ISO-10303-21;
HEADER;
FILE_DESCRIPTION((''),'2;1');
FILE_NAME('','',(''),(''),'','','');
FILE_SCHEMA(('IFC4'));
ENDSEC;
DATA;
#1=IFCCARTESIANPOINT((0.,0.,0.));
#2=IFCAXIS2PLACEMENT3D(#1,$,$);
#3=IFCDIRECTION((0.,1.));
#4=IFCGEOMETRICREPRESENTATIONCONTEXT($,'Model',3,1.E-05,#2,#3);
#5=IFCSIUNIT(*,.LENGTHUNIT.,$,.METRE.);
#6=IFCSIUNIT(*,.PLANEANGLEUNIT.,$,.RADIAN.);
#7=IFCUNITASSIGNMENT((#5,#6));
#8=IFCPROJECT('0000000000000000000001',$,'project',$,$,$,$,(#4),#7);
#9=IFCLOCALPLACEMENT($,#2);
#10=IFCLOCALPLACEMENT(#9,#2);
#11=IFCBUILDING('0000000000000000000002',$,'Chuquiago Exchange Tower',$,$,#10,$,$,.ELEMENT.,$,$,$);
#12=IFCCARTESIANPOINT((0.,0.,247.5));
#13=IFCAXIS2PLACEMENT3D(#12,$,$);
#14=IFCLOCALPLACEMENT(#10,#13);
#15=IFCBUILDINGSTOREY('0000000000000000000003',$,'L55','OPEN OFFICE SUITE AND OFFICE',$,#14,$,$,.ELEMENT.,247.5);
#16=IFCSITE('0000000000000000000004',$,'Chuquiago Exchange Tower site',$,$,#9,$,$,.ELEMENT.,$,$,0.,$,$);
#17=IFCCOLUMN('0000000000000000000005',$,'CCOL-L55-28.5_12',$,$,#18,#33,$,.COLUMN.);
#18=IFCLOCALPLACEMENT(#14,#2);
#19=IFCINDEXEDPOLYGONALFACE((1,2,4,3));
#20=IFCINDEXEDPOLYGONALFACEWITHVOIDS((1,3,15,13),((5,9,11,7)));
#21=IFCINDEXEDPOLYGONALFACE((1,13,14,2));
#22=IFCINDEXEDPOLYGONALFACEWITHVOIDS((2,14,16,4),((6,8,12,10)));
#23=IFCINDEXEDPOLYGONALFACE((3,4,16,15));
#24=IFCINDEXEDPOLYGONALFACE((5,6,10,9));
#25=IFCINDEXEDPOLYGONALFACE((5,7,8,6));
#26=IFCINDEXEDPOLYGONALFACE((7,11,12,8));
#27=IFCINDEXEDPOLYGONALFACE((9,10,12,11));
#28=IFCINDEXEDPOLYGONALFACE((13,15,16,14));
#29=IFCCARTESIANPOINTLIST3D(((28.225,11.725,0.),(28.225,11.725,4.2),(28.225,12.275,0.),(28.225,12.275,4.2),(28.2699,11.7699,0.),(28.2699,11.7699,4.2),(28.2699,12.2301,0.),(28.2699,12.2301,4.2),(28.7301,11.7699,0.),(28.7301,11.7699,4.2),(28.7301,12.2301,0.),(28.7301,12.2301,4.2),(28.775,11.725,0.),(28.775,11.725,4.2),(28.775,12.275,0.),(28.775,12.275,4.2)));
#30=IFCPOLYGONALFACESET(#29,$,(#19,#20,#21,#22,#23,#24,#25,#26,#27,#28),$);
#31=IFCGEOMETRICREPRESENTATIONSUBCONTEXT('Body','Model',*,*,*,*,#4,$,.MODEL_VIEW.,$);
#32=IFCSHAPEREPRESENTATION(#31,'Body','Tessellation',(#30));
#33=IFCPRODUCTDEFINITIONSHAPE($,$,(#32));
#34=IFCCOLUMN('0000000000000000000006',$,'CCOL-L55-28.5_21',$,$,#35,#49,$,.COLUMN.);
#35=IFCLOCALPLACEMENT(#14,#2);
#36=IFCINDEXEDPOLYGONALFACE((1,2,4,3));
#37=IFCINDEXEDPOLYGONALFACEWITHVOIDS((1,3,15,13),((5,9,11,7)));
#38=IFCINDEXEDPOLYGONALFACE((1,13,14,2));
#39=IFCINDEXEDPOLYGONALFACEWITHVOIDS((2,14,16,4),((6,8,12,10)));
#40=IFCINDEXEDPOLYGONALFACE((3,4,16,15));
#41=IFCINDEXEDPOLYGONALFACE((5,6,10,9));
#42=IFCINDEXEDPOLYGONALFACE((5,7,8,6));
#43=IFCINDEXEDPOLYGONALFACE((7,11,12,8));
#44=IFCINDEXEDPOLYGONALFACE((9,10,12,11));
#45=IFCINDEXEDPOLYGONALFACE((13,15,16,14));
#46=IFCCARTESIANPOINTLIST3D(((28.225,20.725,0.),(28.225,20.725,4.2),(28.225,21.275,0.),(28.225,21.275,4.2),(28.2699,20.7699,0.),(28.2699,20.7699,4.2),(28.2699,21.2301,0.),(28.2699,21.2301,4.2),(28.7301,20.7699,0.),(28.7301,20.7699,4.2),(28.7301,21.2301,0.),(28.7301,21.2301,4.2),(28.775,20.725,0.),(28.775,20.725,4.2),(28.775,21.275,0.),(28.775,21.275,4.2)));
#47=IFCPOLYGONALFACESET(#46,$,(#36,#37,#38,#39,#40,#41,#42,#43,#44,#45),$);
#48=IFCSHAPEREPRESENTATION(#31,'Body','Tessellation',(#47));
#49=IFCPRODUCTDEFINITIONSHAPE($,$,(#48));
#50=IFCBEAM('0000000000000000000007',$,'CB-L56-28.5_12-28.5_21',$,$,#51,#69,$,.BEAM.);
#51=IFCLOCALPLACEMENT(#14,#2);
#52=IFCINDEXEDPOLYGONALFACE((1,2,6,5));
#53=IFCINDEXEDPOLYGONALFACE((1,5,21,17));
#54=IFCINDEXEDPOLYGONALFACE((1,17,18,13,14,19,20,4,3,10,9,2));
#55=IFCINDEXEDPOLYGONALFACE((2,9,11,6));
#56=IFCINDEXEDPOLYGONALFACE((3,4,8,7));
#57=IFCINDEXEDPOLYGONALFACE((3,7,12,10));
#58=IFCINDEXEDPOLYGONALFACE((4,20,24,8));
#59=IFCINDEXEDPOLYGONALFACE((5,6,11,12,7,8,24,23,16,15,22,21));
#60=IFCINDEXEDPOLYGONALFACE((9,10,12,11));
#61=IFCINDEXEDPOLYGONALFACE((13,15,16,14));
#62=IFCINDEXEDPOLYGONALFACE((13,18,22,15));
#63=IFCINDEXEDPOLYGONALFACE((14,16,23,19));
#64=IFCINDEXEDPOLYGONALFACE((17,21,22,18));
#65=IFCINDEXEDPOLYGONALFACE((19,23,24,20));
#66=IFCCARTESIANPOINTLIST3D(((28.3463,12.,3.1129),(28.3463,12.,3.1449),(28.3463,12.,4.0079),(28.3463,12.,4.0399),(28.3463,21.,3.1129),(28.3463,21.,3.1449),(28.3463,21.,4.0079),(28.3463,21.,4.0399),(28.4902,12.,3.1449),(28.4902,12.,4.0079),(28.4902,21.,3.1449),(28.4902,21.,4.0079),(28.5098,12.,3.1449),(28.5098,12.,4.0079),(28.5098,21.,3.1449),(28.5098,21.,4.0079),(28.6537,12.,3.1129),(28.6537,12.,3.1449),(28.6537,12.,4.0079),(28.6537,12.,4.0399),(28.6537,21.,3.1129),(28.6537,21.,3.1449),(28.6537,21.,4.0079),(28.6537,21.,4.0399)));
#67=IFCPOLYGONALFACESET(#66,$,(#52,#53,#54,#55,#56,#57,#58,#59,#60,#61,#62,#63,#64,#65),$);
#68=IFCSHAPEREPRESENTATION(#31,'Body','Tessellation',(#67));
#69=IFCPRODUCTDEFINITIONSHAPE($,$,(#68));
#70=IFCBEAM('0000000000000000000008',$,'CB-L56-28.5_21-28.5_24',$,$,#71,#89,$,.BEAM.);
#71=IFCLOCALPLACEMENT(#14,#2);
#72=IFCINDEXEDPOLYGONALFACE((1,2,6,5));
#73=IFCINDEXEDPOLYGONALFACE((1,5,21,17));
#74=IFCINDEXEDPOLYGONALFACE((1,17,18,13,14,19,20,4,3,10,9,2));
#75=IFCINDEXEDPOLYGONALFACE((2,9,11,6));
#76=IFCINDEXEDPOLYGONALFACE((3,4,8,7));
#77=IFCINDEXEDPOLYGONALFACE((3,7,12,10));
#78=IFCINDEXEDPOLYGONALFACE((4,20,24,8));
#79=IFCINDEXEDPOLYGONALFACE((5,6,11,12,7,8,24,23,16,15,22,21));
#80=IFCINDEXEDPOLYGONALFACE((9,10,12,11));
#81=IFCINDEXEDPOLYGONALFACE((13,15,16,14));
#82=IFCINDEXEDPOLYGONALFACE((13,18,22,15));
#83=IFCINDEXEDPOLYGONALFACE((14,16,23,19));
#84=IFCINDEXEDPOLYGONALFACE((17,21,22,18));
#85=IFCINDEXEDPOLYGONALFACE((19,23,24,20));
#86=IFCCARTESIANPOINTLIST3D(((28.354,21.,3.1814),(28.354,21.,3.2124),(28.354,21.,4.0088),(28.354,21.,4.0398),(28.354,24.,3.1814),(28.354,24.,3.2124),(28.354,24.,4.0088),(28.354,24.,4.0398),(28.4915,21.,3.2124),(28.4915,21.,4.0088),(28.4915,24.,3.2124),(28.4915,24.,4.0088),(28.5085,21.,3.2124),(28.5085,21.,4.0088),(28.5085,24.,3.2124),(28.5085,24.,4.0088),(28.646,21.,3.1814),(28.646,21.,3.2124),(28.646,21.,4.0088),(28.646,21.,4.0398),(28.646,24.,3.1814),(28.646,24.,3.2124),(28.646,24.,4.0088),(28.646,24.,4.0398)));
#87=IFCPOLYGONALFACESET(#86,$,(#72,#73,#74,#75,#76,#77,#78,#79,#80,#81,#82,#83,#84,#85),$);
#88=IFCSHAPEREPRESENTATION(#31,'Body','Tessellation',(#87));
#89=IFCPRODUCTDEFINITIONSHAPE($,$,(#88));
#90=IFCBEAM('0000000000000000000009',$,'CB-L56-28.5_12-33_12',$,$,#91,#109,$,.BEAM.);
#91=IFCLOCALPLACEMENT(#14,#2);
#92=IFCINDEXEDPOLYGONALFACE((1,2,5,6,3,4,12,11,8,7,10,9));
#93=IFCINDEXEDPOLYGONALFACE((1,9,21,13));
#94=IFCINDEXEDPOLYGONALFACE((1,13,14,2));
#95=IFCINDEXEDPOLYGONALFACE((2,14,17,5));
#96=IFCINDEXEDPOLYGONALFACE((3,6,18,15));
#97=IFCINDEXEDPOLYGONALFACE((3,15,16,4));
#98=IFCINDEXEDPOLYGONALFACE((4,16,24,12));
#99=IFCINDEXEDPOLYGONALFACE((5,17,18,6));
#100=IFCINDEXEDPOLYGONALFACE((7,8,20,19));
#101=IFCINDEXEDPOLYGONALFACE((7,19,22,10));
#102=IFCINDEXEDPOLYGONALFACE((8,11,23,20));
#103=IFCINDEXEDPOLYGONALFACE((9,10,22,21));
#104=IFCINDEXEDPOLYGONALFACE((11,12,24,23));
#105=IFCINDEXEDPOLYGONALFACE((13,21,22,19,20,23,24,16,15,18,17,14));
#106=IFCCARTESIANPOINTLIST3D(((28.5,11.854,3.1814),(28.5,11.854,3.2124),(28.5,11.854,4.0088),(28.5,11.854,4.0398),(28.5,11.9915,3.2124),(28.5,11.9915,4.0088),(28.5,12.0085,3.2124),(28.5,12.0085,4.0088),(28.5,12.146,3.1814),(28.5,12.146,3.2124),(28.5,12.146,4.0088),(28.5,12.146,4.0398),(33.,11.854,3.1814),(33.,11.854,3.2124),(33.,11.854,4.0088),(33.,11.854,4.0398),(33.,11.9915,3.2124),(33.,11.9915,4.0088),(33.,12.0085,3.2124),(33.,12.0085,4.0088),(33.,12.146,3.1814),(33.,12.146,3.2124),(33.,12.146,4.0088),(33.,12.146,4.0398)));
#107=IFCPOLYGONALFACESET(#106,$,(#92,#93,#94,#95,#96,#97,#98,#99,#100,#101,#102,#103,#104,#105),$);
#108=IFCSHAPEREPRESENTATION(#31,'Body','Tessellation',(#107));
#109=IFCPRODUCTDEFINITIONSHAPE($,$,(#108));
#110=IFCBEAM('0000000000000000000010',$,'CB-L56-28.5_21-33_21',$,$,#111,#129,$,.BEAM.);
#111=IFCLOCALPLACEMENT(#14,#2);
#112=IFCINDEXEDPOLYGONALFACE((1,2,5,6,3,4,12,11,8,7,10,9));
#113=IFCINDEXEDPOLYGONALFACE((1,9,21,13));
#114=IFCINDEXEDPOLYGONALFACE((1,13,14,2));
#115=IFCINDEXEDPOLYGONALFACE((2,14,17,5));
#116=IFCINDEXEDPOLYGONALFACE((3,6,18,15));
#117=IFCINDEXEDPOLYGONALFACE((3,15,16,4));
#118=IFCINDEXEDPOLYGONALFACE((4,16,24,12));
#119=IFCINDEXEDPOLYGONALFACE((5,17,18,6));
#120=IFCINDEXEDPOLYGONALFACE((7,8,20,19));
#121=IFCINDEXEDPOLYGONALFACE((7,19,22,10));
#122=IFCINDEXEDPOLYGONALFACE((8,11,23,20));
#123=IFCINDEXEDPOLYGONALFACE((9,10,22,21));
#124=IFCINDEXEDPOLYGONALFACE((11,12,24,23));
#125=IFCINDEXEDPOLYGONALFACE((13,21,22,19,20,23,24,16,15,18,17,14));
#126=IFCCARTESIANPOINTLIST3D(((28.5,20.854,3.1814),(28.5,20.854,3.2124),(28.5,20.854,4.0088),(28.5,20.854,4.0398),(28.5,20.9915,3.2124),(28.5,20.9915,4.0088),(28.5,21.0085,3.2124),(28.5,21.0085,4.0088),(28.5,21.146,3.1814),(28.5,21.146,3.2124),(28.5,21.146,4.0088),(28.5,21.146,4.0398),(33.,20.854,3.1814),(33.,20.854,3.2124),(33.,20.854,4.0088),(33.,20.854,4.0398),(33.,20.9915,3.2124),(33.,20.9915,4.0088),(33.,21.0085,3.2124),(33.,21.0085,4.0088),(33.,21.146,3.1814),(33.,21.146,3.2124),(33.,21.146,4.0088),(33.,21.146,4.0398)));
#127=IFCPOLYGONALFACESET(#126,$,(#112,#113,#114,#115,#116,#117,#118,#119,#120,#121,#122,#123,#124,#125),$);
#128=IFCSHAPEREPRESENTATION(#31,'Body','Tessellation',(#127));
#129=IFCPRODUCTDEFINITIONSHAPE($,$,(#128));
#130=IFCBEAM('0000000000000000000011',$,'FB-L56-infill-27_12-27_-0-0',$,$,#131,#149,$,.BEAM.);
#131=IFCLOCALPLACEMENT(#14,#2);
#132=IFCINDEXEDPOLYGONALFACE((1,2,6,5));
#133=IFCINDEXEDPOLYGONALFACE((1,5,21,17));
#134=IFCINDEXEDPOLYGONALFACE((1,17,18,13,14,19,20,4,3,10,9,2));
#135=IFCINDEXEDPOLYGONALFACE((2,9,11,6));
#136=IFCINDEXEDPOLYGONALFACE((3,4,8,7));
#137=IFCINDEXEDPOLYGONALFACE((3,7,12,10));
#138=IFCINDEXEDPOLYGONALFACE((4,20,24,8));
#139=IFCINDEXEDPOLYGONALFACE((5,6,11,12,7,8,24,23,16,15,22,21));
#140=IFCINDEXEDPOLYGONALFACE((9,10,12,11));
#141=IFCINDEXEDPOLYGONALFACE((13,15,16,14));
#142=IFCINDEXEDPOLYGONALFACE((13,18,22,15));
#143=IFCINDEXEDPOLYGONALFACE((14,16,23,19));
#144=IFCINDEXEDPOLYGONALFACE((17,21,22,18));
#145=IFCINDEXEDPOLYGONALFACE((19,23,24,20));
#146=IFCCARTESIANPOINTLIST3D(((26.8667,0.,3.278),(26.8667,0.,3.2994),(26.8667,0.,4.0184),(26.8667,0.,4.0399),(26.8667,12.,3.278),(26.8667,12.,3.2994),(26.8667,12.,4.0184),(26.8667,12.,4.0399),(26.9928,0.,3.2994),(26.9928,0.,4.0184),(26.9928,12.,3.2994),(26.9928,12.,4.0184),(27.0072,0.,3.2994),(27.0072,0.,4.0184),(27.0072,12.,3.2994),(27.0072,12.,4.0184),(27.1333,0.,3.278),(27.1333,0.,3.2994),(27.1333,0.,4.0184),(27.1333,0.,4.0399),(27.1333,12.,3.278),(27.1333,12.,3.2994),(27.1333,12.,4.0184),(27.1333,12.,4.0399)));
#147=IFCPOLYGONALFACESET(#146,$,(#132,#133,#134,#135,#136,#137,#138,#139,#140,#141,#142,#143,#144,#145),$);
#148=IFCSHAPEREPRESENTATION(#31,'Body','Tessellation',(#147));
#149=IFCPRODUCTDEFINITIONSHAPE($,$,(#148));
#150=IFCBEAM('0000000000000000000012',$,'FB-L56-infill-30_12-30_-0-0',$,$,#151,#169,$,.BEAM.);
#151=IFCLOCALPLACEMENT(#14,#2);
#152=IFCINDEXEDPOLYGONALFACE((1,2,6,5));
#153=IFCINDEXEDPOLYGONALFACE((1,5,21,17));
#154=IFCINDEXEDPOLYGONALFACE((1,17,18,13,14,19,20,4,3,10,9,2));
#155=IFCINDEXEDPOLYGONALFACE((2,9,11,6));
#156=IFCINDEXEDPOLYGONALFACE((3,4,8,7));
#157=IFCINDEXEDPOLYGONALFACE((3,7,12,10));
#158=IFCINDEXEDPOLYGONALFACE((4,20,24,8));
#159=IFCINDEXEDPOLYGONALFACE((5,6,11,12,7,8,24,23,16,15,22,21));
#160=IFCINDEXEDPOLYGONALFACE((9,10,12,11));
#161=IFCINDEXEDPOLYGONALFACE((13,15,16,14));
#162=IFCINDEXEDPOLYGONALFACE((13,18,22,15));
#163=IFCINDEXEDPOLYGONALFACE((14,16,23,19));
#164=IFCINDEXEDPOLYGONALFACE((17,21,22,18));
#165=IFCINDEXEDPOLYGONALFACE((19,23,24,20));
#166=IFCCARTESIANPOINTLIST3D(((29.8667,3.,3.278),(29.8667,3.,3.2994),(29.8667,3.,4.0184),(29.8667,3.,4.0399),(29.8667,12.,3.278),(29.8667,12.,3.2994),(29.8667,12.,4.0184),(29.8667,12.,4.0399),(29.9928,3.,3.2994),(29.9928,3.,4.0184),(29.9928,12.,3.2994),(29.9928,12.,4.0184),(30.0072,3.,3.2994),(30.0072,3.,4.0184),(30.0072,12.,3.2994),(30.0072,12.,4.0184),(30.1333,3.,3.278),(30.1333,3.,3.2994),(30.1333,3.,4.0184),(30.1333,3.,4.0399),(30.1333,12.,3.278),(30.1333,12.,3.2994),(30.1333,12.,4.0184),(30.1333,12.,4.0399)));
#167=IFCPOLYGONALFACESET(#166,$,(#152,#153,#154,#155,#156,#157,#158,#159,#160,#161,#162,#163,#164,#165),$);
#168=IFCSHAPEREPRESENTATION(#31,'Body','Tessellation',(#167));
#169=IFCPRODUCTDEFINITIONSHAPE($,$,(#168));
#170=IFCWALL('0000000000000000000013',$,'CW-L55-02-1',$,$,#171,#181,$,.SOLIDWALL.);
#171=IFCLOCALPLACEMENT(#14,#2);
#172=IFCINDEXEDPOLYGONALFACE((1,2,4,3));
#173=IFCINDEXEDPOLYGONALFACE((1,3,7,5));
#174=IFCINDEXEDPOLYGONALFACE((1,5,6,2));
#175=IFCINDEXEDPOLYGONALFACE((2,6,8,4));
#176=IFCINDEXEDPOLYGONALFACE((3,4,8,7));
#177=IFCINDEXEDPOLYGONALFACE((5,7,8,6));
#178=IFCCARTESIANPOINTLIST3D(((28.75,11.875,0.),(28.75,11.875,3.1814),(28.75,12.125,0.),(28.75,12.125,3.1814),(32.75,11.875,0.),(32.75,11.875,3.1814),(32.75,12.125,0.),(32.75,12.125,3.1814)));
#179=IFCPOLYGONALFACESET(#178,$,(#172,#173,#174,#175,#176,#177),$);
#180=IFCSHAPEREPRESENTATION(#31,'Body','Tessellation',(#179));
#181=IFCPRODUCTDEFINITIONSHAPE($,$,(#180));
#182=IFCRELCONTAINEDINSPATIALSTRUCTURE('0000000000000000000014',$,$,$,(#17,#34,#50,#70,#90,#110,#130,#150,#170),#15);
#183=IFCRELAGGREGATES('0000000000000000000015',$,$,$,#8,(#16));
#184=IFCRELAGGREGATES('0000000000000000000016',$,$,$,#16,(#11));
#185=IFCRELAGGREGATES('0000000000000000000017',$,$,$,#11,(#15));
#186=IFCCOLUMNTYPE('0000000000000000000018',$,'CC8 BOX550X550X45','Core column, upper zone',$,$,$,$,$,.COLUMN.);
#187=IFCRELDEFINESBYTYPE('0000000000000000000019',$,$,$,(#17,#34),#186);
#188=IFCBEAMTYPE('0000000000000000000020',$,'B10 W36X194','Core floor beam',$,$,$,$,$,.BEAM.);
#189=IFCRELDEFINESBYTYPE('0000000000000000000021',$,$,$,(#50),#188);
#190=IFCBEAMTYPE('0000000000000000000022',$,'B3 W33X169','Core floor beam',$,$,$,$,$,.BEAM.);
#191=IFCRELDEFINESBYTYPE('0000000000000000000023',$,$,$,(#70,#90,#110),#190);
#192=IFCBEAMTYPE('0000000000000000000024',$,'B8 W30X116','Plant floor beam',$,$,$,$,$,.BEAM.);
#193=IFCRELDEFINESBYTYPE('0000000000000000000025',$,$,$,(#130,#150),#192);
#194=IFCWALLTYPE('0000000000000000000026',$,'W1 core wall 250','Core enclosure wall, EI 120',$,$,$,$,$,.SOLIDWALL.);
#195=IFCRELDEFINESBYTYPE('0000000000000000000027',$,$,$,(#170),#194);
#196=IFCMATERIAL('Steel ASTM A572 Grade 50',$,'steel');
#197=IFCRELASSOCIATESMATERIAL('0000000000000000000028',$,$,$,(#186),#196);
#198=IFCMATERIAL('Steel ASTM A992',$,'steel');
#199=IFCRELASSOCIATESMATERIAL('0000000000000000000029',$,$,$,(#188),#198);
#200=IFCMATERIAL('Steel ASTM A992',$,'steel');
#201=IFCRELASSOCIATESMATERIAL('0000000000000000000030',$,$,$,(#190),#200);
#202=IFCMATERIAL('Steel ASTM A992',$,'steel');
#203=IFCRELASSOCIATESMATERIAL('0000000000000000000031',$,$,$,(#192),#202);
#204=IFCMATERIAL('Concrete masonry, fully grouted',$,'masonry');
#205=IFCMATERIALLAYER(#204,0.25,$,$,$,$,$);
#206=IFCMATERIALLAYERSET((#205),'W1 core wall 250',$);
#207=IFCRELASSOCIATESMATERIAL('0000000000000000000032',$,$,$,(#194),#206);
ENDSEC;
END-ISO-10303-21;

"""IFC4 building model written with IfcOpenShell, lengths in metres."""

from ifc_helpers import new_model, si_unit, direction, frame, frame_2d, origin, origin_2d, place, context, subcontext, project, spatial, rectangle, hollow_rectangle, i_section, extrude, material, layer, layer_set, material_profile, profile_set, type_object, element, save


model = new_model("IFC4")

# Units and contexts
model_context = context("Model", 3, precision=1e-05, world=origin(), true_north=direction((0.0, 1.0)))
body_context = subcontext(model_context, "Body", "Model", "MODEL_VIEW")
ifc_project = project(units=[si_unit("LENGTHUNIT", "METRE"), si_unit("PLANEANGLEUNIT", "RADIAN")], contexts=[model_context])

# Site, building, storey
site_placement = place(None, origin())
site = spatial("IfcSite", under=ifc_project, at=site_placement, Name="Chuquiago Exchange Tower site", CompositionType="ELEMENT", RefElevation=0.0)
building_placement = place(site_placement, origin())
building = spatial("IfcBuilding", under=site, at=building_placement, Name="Chuquiago Exchange Tower", CompositionType="ELEMENT")
storey_placement = place(building_placement, frame((0.0, 0.0, 247.5)))
storey = spatial("IfcBuildingStorey", under=building, at=storey_placement, Name="L55", Description="OPEN OFFICE SUITE AND OFFICE", CompositionType="ELEMENT", Elevation=247.5)

# Columns
ifc_material_1 = material(Name="Steel ASTM A572 Grade 50", Category="steel")
ifc_material_profile_1 = material_profile(ifc_material_1, hollow_rectangle(XDim=0.55, YDim=0.55, WallThickness=0.0449, at=origin_2d()), Name="BOX550X550X45")
ifc_profile_set_1 = profile_set([ifc_material_profile_1], Name="Steel ASTM A572 Grade 50")
column_type = type_object("IfcColumnType", Name="CC8 BOX550X550X45", Description="Core column, upper zone", PredefinedType="COLUMN", material=ifc_profile_set_1)
for number, where, z_axis, x_axis, name in (
    (1, (28.5, 12.0, 0.0), (0.0, 0.0, 1.0), (1.0, 0.0, 0.0), "CCOL-L55-28.5_12"),
    (2, (28.5, 21.0, 0.0), (0.0, 0.0, 1.0), (1.0, 0.0, 0.0), "CCOL-L55-28.5_21"),
):
    element("IfcColumn", number, at=place(storey_placement, frame(where, z_axis=z_axis, x_axis=x_axis)), inside=storey, type_object=column_type, Name=name, PredefinedType="COLUMN", context=body_context, shape_type="SweptSolid", body=[
        extrude(hollow_rectangle(XDim=0.55, YDim=0.55, WallThickness=0.0449, at=origin_2d()), origin(), (0.0, 0.0, 1.0), 4.2),
    ])

# Beams
ifc_material_2 = material(Name="Steel ASTM A992", Category="steel")
ifc_material_profile_2 = material_profile(ifc_material_2, i_section(OverallWidth=0.3074, OverallDepth=0.927, WebThickness=0.0195, FlangeThickness=0.032, at=origin_2d()), Name="W36X194")
ifc_profile_set_2 = profile_set([ifc_material_profile_2], Name="Steel ASTM A992")
beam_type_1 = type_object("IfcBeamType", Name="B10 W36X194", Description="Core floor beam", PredefinedType="BEAM", material=ifc_profile_set_2)
beam_1_placement = place(storey_placement, frame((28.5, 12.0, 3.5764), z_axis=(0.0, 1.0, 0.0), x_axis=(-1.0, 0.0, 0.0)))
element("IfcBeam", 3, at=beam_1_placement, inside=storey, type_object=beam_type_1, Name="CB-L56-28.5_12-28.5_21", PredefinedType="BEAM", context=body_context, shape_type="SweptSolid", body=[
    extrude(i_section(OverallWidth=0.3074, OverallDepth=0.927, WebThickness=0.0195, FlangeThickness=0.032, at=origin_2d()), origin(), (0.0, 0.0, 1.0), 9.0),
])
ifc_material_3 = material(Name="Steel ASTM A992", Category="steel")
ifc_material_profile_3 = material_profile(ifc_material_3, i_section(OverallWidth=0.292, OverallDepth=0.8584, WebThickness=0.0171, FlangeThickness=0.031, at=origin_2d()), Name="W33X169")
ifc_profile_set_3 = profile_set([ifc_material_profile_3], Name="Steel ASTM A992")
beam_type_2 = type_object("IfcBeamType", Name="B3 W33X169", Description="Core floor beam", PredefinedType="BEAM", material=ifc_profile_set_3)
beam_2_placement = place(storey_placement, frame((28.5, 21.0, 3.6106), z_axis=(0.0, 1.0, 0.0), x_axis=(-1.0, 0.0, 0.0)))
element("IfcBeam", 4, at=beam_2_placement, inside=storey, type_object=beam_type_2, Name="CB-L56-28.5_21-28.5_24", PredefinedType="BEAM", context=body_context, shape_type="SweptSolid", body=[
    extrude(i_section(OverallWidth=0.292, OverallDepth=0.8584, WebThickness=0.0171, FlangeThickness=0.031, at=origin_2d()), origin(), (0.0, 0.0, 1.0), 3.0),
])
for number, where, z_axis, x_axis, name in (
    (5, (28.5, 12.0, 3.6106), (1.0, 0.0, 0.0), (0.0, 1.0, 0.0), "CB-L56-28.5_12-33_12"),
    (6, (28.5, 21.0, 3.6106), (1.0, 0.0, 0.0), (0.0, 1.0, 0.0), "CB-L56-28.5_21-33_21"),
):
    element("IfcBeam", number, at=place(storey_placement, frame(where, z_axis=z_axis, x_axis=x_axis)), inside=storey, type_object=beam_type_2, Name=name, PredefinedType="BEAM", context=body_context, shape_type="SweptSolid", body=[
        extrude(i_section(OverallWidth=0.292, OverallDepth=0.8584, WebThickness=0.0171, FlangeThickness=0.031, at=origin_2d()), origin(), (0.0, 0.0, 1.0), 4.5),
    ])
ifc_material_4 = material(Name="Steel ASTM A992", Category="steel")
ifc_material_profile_4 = material_profile(ifc_material_4, i_section(OverallWidth=0.2666, OverallDepth=0.762, WebThickness=0.0144, FlangeThickness=0.0215, at=origin_2d()), Name="W30X116")
ifc_profile_set_4 = profile_set([ifc_material_profile_4], Name="Steel ASTM A992")
beam_type_3 = type_object("IfcBeamType", Name="B8 W30X116", Description="Plant floor beam", PredefinedType="BEAM", material=ifc_profile_set_4)
beam_3_placement = place(storey_placement, frame((27.0, 12.0, 3.6589), z_axis=(0.0, -1.0, 0.0), x_axis=(1.0, 0.0, 0.0)))
element("IfcBeam", 7, at=beam_3_placement, inside=storey, type_object=beam_type_3, Name="FB-L56-infill-27_12-27_-0-0", PredefinedType="BEAM", context=body_context, shape_type="SweptSolid", body=[
    extrude(i_section(OverallWidth=0.2666, OverallDepth=0.762, WebThickness=0.0144, FlangeThickness=0.0215, at=origin_2d()), origin(), (0.0, 0.0, 1.0), 12.0),
])
beam_4_placement = place(storey_placement, frame((30.0, 12.0, 3.6589), z_axis=(0.0, -1.0, 0.0), x_axis=(1.0, 0.0, 0.0)))
element("IfcBeam", 8, at=beam_4_placement, inside=storey, type_object=beam_type_3, Name="FB-L56-infill-30_12-30_-0-0", PredefinedType="BEAM", context=body_context, shape_type="SweptSolid", body=[
    extrude(i_section(OverallWidth=0.2666, OverallDepth=0.762, WebThickness=0.0144, FlangeThickness=0.0215, at=origin_2d()), origin(), (0.0, 0.0, 1.0), 9.0),
])

# Wall
ifc_material_5 = material(Name="Concrete masonry, fully grouted", Category="masonry")
ifc_layer_1 = layer(ifc_material_5, 0.25)
ifc_layer_set_1 = layer_set([ifc_layer_1], Name="W1 core wall 250")
wall_type_1 = type_object("IfcWallType", Name="W1 core wall 250", Description="Core enclosure wall, EI 120", PredefinedType="SOLIDWALL", material=ifc_layer_set_1)
wall_1_placement = place(storey_placement, frame((28.75, 12.0, 0.0), z_axis=(0.0, 0.0, 1.0), x_axis=(1.0, 0.0, 0.0)))
element("IfcWall", 9, at=wall_1_placement, inside=storey, type_object=wall_type_1, Name="CW-L55-02-1", PredefinedType="SOLIDWALL", context=body_context, shape_type="SweptSolid", body=[
    extrude(rectangle(XDim=4.0, YDim=0.25, at=frame_2d((2.0, 0.0))), origin(), (0.0, 0.0, 1.0), 3.1814),
])

save(model, "model.ifc")
